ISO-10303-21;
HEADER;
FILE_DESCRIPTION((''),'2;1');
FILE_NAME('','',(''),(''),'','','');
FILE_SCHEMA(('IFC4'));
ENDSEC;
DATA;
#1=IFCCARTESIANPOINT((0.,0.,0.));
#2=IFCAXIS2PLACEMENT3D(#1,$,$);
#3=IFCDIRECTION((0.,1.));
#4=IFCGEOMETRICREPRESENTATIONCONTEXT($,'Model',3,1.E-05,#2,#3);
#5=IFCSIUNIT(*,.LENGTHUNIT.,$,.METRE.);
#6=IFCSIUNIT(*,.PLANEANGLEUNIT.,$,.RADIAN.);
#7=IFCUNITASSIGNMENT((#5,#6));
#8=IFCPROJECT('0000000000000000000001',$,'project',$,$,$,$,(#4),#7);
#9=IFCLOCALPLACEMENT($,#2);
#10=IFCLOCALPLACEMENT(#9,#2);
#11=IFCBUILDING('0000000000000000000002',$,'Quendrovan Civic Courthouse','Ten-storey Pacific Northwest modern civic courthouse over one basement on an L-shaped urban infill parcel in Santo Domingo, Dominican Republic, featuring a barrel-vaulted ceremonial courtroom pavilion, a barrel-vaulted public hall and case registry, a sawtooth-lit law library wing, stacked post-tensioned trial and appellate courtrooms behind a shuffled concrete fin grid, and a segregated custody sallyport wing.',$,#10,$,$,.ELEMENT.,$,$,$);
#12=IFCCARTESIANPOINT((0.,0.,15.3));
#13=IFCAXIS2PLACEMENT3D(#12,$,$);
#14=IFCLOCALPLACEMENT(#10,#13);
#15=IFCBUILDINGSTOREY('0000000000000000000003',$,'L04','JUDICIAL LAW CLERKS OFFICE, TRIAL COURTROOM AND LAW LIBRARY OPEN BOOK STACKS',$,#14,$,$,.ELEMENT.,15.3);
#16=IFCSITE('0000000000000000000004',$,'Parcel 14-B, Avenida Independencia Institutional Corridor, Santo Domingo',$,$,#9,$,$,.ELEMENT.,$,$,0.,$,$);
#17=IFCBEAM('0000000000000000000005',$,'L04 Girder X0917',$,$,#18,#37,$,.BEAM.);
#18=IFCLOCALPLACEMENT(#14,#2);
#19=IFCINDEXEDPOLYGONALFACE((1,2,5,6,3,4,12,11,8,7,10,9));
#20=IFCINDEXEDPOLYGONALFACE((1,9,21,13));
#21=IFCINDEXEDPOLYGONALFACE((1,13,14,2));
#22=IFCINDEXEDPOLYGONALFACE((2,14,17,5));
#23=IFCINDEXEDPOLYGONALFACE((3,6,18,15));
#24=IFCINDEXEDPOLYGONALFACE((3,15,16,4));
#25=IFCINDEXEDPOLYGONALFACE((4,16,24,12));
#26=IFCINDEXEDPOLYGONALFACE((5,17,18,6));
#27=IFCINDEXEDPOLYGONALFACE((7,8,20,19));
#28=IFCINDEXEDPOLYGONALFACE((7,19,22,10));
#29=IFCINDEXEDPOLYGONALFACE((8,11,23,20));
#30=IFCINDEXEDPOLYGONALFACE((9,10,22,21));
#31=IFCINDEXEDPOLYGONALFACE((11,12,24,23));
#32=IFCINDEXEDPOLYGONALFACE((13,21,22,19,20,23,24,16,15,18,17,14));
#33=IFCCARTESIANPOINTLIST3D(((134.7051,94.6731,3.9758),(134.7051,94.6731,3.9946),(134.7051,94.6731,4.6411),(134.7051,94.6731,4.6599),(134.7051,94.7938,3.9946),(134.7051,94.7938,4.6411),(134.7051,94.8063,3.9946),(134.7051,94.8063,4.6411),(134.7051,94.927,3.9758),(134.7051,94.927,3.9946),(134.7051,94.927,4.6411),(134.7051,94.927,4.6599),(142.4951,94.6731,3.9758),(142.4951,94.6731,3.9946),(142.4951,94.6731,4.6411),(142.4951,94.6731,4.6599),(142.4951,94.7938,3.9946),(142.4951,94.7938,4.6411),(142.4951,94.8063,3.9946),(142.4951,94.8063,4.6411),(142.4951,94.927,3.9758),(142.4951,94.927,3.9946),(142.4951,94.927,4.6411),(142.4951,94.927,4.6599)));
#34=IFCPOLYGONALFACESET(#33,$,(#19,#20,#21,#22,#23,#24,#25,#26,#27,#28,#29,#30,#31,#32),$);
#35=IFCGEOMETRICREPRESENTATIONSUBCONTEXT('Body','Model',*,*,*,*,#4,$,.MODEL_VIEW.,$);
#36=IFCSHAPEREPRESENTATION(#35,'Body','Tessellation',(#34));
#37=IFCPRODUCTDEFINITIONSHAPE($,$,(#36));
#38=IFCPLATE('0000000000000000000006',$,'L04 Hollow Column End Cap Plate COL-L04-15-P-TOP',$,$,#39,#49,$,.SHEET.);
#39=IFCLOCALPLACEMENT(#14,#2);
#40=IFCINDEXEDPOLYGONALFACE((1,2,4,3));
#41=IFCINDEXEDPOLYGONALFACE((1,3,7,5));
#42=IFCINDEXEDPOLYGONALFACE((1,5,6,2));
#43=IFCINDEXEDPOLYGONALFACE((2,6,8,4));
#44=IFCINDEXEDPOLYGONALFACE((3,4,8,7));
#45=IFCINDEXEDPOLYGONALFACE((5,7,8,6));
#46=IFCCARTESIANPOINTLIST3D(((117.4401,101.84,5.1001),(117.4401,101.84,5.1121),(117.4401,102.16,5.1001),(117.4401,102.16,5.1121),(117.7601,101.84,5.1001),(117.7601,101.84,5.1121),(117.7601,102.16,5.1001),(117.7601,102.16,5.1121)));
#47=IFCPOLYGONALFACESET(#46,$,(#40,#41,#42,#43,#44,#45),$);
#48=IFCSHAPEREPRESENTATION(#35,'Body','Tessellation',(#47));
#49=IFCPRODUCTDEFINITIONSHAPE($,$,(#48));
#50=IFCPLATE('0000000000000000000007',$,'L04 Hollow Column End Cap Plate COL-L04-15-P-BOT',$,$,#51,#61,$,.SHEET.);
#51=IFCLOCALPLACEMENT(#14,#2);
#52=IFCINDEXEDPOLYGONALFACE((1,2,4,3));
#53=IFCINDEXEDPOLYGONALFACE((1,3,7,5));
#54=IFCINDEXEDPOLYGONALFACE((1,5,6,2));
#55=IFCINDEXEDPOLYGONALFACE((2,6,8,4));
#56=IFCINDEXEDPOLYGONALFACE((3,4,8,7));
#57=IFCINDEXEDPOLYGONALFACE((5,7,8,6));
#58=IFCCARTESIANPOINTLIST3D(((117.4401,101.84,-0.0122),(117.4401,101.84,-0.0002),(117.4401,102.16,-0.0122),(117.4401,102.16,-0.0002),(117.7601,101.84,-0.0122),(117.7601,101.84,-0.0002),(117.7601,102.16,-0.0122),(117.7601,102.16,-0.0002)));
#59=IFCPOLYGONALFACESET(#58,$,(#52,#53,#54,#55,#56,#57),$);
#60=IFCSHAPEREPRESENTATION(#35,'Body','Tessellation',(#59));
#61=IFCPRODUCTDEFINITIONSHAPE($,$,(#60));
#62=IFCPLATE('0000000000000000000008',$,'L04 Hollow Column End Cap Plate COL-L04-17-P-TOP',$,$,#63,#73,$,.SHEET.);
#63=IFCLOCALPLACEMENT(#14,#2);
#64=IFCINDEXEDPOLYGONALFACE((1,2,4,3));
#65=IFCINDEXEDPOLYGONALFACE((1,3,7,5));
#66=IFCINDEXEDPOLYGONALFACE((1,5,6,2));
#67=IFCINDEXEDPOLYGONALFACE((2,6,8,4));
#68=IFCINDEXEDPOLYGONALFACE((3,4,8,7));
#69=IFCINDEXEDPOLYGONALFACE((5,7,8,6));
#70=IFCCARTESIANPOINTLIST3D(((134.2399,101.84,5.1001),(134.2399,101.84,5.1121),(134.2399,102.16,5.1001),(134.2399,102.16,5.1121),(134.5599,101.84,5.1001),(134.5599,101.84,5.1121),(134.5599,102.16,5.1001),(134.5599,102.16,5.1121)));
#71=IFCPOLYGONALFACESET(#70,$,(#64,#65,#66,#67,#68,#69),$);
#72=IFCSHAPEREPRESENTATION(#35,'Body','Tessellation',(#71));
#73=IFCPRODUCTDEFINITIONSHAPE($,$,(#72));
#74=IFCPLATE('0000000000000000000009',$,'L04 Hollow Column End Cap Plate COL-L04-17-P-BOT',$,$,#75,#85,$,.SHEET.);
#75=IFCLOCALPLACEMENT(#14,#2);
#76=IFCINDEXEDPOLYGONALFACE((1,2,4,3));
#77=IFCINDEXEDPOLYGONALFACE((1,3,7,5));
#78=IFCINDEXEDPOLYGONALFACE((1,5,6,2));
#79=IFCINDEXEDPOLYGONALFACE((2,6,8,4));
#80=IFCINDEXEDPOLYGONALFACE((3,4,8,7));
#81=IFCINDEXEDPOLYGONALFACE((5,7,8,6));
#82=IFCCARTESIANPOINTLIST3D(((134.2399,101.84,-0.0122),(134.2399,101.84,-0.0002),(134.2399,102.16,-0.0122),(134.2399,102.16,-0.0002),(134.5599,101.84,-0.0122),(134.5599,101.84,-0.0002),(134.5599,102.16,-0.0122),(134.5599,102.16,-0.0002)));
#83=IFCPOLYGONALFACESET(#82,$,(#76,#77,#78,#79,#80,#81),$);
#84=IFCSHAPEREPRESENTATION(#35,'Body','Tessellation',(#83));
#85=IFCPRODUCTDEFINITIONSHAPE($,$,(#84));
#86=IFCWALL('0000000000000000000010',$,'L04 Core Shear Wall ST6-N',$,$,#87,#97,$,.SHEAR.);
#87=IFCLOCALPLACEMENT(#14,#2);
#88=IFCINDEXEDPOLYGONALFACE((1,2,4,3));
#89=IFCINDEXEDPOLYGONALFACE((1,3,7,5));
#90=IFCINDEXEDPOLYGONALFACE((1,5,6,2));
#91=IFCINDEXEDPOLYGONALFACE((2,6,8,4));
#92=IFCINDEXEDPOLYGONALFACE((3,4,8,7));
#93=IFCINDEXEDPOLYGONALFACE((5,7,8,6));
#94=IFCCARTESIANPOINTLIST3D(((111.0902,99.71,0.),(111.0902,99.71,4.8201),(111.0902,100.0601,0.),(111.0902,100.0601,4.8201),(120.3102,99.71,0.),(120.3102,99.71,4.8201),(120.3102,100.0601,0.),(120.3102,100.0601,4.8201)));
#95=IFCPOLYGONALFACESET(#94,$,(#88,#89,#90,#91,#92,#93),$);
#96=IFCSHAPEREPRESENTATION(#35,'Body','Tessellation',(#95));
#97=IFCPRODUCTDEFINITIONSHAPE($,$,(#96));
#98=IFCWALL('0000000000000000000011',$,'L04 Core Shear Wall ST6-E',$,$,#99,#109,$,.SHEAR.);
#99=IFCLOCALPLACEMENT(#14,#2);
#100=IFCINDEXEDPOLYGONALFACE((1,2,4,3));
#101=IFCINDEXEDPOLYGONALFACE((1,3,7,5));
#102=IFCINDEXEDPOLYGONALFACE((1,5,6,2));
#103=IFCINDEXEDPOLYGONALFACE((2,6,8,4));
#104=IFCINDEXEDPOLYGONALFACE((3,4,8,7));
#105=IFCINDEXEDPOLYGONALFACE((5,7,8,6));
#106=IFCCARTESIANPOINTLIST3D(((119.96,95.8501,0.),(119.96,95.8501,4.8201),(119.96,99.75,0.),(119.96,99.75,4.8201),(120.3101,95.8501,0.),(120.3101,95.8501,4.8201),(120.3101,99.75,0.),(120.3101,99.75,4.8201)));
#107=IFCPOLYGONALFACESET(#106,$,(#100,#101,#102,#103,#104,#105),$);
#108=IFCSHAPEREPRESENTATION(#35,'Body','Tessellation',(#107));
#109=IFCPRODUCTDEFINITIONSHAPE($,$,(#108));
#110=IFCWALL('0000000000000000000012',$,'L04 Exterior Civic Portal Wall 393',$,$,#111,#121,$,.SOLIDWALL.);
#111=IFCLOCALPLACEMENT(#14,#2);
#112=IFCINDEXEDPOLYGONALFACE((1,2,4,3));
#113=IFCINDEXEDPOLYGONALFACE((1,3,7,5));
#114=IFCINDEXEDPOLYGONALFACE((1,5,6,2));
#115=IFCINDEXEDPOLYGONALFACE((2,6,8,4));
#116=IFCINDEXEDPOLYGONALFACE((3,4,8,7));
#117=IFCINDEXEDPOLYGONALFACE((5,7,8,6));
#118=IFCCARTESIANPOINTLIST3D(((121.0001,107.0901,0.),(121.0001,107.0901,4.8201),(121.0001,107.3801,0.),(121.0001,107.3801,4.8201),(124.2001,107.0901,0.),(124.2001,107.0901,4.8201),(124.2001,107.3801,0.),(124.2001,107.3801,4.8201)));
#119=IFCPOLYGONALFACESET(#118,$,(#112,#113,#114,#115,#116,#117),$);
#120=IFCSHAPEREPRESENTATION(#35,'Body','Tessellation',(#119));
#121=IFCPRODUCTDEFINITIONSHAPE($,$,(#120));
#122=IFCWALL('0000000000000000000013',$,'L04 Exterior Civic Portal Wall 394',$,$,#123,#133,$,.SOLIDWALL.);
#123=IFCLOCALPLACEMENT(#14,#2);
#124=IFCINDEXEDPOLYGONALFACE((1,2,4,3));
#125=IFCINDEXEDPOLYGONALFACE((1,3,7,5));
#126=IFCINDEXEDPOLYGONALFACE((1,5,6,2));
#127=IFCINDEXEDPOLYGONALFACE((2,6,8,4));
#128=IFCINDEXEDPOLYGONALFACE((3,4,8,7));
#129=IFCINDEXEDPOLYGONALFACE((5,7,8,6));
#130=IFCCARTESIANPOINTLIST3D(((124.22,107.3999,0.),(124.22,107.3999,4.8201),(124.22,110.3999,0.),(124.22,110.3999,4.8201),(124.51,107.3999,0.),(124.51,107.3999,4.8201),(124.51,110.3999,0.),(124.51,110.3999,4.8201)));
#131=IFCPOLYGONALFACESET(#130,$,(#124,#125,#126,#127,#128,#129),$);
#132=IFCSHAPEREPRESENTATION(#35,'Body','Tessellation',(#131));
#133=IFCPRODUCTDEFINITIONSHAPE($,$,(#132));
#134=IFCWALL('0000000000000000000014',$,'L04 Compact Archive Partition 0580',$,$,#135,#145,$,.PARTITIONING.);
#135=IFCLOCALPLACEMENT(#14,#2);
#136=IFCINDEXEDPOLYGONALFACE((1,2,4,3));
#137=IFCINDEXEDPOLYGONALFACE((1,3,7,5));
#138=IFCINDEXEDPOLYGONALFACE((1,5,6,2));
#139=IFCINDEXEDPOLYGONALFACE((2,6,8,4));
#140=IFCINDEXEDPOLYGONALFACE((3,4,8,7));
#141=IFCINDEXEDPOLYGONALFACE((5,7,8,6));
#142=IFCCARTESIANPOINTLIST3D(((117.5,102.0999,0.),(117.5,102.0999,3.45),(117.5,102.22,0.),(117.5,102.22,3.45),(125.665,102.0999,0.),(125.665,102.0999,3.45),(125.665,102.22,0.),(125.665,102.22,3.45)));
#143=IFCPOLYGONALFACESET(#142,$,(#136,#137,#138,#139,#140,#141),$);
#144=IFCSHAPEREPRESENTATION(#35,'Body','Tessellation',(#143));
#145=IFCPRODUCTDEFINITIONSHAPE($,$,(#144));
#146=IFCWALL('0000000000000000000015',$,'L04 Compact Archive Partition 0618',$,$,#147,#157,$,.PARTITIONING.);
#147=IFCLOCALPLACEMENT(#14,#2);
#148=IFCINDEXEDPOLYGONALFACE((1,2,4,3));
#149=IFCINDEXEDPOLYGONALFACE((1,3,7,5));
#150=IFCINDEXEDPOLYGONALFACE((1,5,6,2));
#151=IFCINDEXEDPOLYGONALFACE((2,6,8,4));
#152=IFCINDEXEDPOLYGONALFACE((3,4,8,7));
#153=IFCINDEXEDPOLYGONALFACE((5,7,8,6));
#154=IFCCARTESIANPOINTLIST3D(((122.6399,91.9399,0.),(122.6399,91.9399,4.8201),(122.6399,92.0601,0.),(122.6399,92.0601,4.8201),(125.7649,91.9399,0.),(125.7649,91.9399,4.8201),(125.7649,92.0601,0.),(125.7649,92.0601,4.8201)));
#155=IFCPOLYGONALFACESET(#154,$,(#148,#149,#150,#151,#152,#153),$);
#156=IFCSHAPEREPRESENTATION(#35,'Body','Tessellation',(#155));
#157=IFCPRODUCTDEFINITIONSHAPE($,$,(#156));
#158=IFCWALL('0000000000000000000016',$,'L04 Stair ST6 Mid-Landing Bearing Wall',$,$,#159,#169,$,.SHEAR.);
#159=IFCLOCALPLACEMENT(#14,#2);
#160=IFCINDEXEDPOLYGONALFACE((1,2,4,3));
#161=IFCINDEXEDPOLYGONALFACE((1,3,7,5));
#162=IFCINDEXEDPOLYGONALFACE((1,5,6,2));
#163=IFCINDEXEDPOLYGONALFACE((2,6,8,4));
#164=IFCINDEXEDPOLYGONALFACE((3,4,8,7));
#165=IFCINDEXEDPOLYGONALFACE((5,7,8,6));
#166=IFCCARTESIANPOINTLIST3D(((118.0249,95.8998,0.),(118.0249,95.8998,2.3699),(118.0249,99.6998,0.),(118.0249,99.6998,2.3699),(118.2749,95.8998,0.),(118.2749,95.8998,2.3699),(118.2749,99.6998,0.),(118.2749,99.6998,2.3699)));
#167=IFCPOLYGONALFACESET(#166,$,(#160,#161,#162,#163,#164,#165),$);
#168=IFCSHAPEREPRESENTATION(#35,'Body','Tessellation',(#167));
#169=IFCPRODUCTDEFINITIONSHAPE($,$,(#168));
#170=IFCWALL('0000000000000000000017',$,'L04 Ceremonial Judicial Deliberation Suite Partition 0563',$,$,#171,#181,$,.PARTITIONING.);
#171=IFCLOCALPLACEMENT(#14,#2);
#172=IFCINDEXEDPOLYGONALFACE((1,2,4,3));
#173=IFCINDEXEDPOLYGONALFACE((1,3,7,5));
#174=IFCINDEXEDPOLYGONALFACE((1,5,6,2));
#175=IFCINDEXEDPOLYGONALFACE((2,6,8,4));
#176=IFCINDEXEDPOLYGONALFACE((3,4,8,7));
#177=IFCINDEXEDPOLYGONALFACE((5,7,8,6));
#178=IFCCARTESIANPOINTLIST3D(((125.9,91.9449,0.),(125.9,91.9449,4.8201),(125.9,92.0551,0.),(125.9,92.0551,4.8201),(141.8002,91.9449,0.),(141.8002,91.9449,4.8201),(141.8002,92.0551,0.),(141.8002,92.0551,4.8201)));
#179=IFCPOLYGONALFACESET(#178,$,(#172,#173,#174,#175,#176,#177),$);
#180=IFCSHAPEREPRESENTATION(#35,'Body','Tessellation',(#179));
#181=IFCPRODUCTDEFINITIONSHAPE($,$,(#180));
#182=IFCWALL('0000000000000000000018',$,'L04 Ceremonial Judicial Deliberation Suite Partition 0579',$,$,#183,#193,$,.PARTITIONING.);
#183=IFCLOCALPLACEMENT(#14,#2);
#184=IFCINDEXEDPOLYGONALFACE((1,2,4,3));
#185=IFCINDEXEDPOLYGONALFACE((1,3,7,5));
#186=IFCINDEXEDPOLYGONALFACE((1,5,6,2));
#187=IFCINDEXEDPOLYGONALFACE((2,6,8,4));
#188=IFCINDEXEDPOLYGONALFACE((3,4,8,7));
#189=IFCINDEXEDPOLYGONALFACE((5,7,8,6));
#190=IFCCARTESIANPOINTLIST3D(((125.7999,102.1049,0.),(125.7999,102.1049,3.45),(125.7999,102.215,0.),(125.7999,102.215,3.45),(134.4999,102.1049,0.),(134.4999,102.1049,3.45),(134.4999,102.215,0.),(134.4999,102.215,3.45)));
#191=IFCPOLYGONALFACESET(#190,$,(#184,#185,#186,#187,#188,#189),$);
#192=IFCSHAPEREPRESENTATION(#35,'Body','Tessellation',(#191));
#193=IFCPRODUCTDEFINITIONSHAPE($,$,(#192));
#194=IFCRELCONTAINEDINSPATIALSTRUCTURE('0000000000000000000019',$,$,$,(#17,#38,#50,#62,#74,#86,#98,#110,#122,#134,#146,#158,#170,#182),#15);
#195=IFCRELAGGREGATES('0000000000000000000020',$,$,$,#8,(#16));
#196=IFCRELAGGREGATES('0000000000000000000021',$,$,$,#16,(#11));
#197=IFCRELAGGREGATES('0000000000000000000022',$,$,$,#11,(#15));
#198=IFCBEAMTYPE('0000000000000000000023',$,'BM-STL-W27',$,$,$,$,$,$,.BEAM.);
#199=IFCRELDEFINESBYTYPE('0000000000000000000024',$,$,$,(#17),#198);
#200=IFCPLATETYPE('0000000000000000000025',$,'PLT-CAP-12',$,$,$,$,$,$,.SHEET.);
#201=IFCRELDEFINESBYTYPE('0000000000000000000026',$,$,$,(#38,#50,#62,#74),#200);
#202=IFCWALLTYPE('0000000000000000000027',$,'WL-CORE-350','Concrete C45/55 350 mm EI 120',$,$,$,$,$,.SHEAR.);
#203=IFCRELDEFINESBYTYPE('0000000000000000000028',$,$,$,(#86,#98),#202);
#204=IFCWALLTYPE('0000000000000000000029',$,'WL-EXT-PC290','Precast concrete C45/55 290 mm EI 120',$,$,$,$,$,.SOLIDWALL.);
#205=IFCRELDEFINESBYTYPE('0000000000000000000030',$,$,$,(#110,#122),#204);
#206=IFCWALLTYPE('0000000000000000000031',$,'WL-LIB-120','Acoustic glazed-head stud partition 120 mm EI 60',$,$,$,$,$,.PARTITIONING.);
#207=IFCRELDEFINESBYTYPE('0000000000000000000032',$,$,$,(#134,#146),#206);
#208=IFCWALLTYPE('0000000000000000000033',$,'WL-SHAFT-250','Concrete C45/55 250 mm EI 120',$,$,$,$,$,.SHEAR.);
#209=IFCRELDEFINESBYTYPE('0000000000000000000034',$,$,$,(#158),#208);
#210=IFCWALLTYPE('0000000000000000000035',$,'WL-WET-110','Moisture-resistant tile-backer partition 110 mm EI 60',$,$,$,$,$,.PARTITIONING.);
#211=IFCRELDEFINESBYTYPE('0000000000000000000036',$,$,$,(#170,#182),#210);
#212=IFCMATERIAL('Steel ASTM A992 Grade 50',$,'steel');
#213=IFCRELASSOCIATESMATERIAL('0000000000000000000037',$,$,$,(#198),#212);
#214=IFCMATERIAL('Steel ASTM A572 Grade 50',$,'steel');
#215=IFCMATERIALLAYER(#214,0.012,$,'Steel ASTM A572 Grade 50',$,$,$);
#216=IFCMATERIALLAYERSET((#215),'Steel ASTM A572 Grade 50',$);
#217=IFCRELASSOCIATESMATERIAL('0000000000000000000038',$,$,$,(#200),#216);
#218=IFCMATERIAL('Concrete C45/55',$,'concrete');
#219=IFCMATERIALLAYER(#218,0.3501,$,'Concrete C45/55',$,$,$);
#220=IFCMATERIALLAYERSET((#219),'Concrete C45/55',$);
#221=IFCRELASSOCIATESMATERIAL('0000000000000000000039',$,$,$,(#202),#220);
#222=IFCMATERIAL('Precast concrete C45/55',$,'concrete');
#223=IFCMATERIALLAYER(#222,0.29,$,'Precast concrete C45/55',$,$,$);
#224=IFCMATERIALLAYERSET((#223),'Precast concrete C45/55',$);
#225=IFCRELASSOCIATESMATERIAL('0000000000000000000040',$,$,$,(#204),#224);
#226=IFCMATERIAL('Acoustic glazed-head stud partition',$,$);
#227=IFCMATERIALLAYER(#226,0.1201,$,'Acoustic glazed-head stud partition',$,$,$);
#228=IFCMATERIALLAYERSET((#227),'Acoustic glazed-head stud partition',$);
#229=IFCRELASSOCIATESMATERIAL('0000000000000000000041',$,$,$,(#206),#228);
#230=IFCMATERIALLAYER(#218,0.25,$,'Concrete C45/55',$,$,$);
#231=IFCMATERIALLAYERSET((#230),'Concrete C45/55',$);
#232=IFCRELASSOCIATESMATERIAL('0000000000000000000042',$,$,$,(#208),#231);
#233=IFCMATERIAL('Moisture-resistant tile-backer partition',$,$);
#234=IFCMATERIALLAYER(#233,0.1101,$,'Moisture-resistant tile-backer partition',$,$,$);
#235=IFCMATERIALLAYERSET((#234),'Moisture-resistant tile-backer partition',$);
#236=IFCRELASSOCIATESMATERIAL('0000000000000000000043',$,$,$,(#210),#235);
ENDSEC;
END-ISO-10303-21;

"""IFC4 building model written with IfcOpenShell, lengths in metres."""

from ifc_helpers import new_model, si_unit, direction, frame, frame_2d, origin, origin_2d, place, context, subcontext, project, spatial, rectangle, i_section, extrude, material, layer, layer_set, material_profile, profile_set, type_object, element, save


model = new_model("IFC4")

# Units and contexts
model_context = context("Model", 3, precision=1e-05, world=origin(), true_north=direction((0.0, 1.0)))
body_context = subcontext(model_context, "Body", "Model", "MODEL_VIEW")
ifc_project = project(units=[si_unit("LENGTHUNIT", "METRE"), si_unit("PLANEANGLEUNIT", "RADIAN")], contexts=[model_context])

# Site, building, storey
site_placement = place(None, origin())
site = spatial("IfcSite", under=ifc_project, at=site_placement, Name="Parcel 14-B, Avenida Independencia Institutional Corridor, Santo Domingo", CompositionType="ELEMENT", RefElevation=0.0)
building_placement = place(site_placement, origin())
building = spatial("IfcBuilding", under=site, at=building_placement, Name="Quendrovan Civic Courthouse", Description="Ten-storey Pacific Northwest modern civic courthouse over one basement on an L-shaped urban infill parcel in Santo Domingo, Dominican Republic, featuring a barrel-vaulted ceremonial courtroom pavilion, a barrel-vaulted public hall and case registry, a sawtooth-lit law library wing, stacked post-tensioned trial and appellate courtrooms behind a shuffled concrete fin grid, and a segregated custody sallyport wing.", CompositionType="ELEMENT")
storey_placement = place(building_placement, frame((0.0, 0.0, 15.3)))
storey = spatial("IfcBuildingStorey", under=building, at=storey_placement, Name="L04", Description="JUDICIAL LAW CLERKS OFFICE, TRIAL COURTROOM AND LAW LIBRARY OPEN BOOK STACKS", CompositionType="ELEMENT", Elevation=15.3)

# Shared definitions
ifc_material_1 = material(Name="Concrete C45/55", Category="concrete")

# Beam
ifc_material_2 = material(Name="Steel ASTM A992 Grade 50", Category="steel")
ifc_material_profile_1 = material_profile(ifc_material_2, i_section(OverallWidth=0.2539, OverallDepth=0.6841, WebThickness=0.0125, FlangeThickness=0.0188, at=origin_2d()), Name="W27X94")
ifc_profile_set_1 = profile_set([ifc_material_profile_1], Name="Steel ASTM A992 Grade 50")
beam_type_1 = type_object("IfcBeamType", Name="BM-STL-W27", PredefinedType="BEAM", material=ifc_profile_set_1)
beam_1_placement = place(storey_placement, frame((134.7051, 94.8, 4.3179), z_axis=(1.0, 0.0, 0.0), x_axis=(0.0, 1.0, 0.0)))
element("IfcBeam", 1, at=beam_1_placement, inside=storey, type_object=beam_type_1, Name="L04 Girder X0917", PredefinedType="BEAM", context=body_context, shape_type="SweptSolid", body=[
    extrude(i_section(OverallWidth=0.2539, OverallDepth=0.6841, WebThickness=0.0125, FlangeThickness=0.0188, at=origin_2d()), origin(), (0.0, 0.0, 1.0), 7.79),
])

# Plates
ifc_material_3 = material(Name="Steel ASTM A572 Grade 50", Category="steel")
ifc_layer_1 = layer(ifc_material_3, 0.012, Name="Steel ASTM A572 Grade 50")
ifc_layer_set_1 = layer_set([ifc_layer_1], Name="Steel ASTM A572 Grade 50")
plate_type = type_object("IfcPlateType", Name="PLT-CAP-12", PredefinedType="SHEET", material=ifc_layer_set_1)
for number, where, z_axis, x_axis, name in (
    (2, (117.6001, 102.0, 5.1001), (0.0, 0.0, 1.0), (1.0, 0.0, 0.0), "L04 Hollow Column End Cap Plate COL-L04-15-P-TOP"),
    (3, (117.6001, 102.0, -0.0122), (0.0, 0.0, 1.0), (1.0, 0.0, 0.0), "L04 Hollow Column End Cap Plate COL-L04-15-P-BOT"),
    (4, (134.3999, 102.0, 5.1001), (0.0, 0.0, 1.0), (1.0, 0.0, 0.0), "L04 Hollow Column End Cap Plate COL-L04-17-P-TOP"),
    (5, (134.3999, 102.0, -0.0122), (0.0, 0.0, 1.0), (1.0, 0.0, 0.0), "L04 Hollow Column End Cap Plate COL-L04-17-P-BOT"),
):
    element("IfcPlate", number, at=place(storey_placement, frame(where, z_axis=z_axis, x_axis=x_axis)), inside=storey, type_object=plate_type, Name=name, PredefinedType="SHEET", context=body_context, shape_type="SweptSolid", body=[
        extrude(rectangle(XDim=0.3201, YDim=0.3201, at=origin_2d()), origin(), (0.0, 0.0, 1.0), 0.012),
    ])

# Walls
ifc_layer_2 = layer(ifc_material_1, 0.3501, Name="Concrete C45/55")
ifc_layer_set_2 = layer_set([ifc_layer_2], Name="Concrete C45/55")
wall_type_1 = type_object("IfcWallType", Name="WL-CORE-350", Description="Concrete C45/55 350 mm EI 120", PredefinedType="SHEAR", material=ifc_layer_set_2)
wall_1_placement = place(storey_placement, frame((120.3101, 99.885, 0.0), z_axis=(0.0, 0.0, 1.0), x_axis=(-1.0, 0.0, 0.0)))
element("IfcWall", 6, at=wall_1_placement, inside=storey, type_object=wall_type_1, Name="L04 Core Shear Wall ST6-N", PredefinedType="SHEAR", context=body_context, shape_type="SweptSolid", body=[
    extrude(rectangle(XDim=9.22, YDim=0.3501, at=frame_2d((4.6099, 0.0))), origin(), (0.0, 0.0, 1.0), 4.8201),
])
wall_2_placement = place(storey_placement, frame((120.135, 99.75, 0.0), z_axis=(0.0, 0.0, 1.0), x_axis=(0.0, -1.0, 0.0)))
element("IfcWall", 7, at=wall_2_placement, inside=storey, type_object=wall_type_1, Name="L04 Core Shear Wall ST6-E", PredefinedType="SHEAR", context=body_context, shape_type="SweptSolid", body=[
    extrude(rectangle(XDim=3.8999, YDim=0.3501, at=frame_2d((1.95, 0.0))), origin(), (0.0, 0.0, 1.0), 4.8201),
])
ifc_material_4 = material(Name="Precast concrete C45/55", Category="concrete")
ifc_layer_3 = layer(ifc_material_4, 0.29, Name="Precast concrete C45/55")
ifc_layer_set_3 = layer_set([ifc_layer_3], Name="Precast concrete C45/55")
wall_type_2 = type_object("IfcWallType", Name="WL-EXT-PC290", Description="Precast concrete C45/55 290 mm EI 120", PredefinedType="SOLIDWALL", material=ifc_layer_set_3)
wall_3_placement = place(storey_placement, frame((121.0, 107.2351, 0.0), z_axis=(0.0, 0.0, 1.0), x_axis=(1.0, 0.0, 0.0)))
element("IfcWall", 8, at=wall_3_placement, inside=storey, type_object=wall_type_2, Name="L04 Exterior Civic Portal Wall 393", PredefinedType="SOLIDWALL", context=body_context, shape_type="SweptSolid", body=[
    extrude(rectangle(XDim=3.2, YDim=0.29, at=frame_2d((1.6001, 0.0))), origin(), (0.0, 0.0, 1.0), 4.8201),
])
wall_4_placement = place(storey_placement, frame((124.365, 107.3999, 0.0), z_axis=(0.0, 0.0, 1.0), x_axis=(0.0, 1.0, 0.0)))
element("IfcWall", 9, at=wall_4_placement, inside=storey, type_object=wall_type_2, Name="L04 Exterior Civic Portal Wall 394", PredefinedType="SOLIDWALL", context=body_context, shape_type="SweptSolid", body=[
    extrude(rectangle(XDim=3.0, YDim=0.29, at=frame_2d((1.5, 0.0))), origin(), (0.0, 0.0, 1.0), 4.8201),
])
ifc_material_5 = material(Name="Acoustic glazed-head stud partition")
ifc_layer_4 = layer(ifc_material_5, 0.1201, Name="Acoustic glazed-head stud partition")
ifc_layer_set_4 = layer_set([ifc_layer_4], Name="Acoustic glazed-head stud partition")
wall_type_3 = type_object("IfcWallType", Name="WL-LIB-120", Description="Acoustic glazed-head stud partition 120 mm EI 60", PredefinedType="PARTITIONING", material=ifc_layer_set_4)
wall_5_placement = place(storey_placement, frame((125.665, 102.1599, 0.0), z_axis=(0.0, 0.0, 1.0), x_axis=(-1.0, 0.0, 0.0)))
element("IfcWall", 10, at=wall_5_placement, inside=storey, type_object=wall_type_3, Name="L04 Compact Archive Partition 0580", PredefinedType="PARTITIONING", context=body_context, shape_type="SweptSolid", body=[
    extrude(rectangle(XDim=8.165, YDim=0.1201, at=frame_2d((4.0825, 0.0))), origin(), (0.0, 0.0, 1.0), 3.45),
])
wall_6_placement = place(storey_placement, frame((122.6399, 92.0, 0.0), z_axis=(0.0, 0.0, 1.0), x_axis=(1.0, 0.0, 0.0)))
element("IfcWall", 11, at=wall_6_placement, inside=storey, type_object=wall_type_3, Name="L04 Compact Archive Partition 0618", PredefinedType="PARTITIONING", context=body_context, shape_type="SweptSolid", body=[
    extrude(rectangle(XDim=3.125, YDim=0.1201, at=frame_2d((1.5625, 0.0))), origin(), (0.0, 0.0, 1.0), 4.8201),
])
ifc_layer_5 = layer(ifc_material_1, 0.25, Name="Concrete C45/55")
ifc_layer_set_5 = layer_set([ifc_layer_5], Name="Concrete C45/55")
wall_type_4 = type_object("IfcWallType", Name="WL-SHAFT-250", Description="Concrete C45/55 250 mm EI 120", PredefinedType="SHEAR", material=ifc_layer_set_5)
wall_7_placement = place(storey_placement, frame((118.1499, 95.8999, 0.0), z_axis=(0.0, 0.0, 1.0), x_axis=(0.0, 1.0, 0.0)))
element("IfcWall", 12, at=wall_7_placement, inside=storey, type_object=wall_type_4, Name="L04 Stair ST6 Mid-Landing Bearing Wall", PredefinedType="SHEAR", context=body_context, shape_type="SweptSolid", body=[
    extrude(rectangle(XDim=3.8, YDim=0.25, at=frame_2d((1.8999, 0.0))), origin(), (0.0, 0.0, 1.0), 2.3699),
])
ifc_material_6 = material(Name="Moisture-resistant tile-backer partition")
ifc_layer_6 = layer(ifc_material_6, 0.1101, Name="Moisture-resistant tile-backer partition")
ifc_layer_set_6 = layer_set([ifc_layer_6], Name="Moisture-resistant tile-backer partition")
wall_type_5 = type_object("IfcWallType", Name="WL-WET-110", Description="Moisture-resistant tile-backer partition 110 mm EI 60", PredefinedType="PARTITIONING", material=ifc_layer_set_6)
wall_8_placement = place(storey_placement, frame((125.8999, 92.0, 0.0), z_axis=(0.0, 0.0, 1.0), x_axis=(1.0, 0.0, 0.0)))
element("IfcWall", 13, at=wall_8_placement, inside=storey, type_object=wall_type_5, Name="L04 Ceremonial Judicial Deliberation Suite Partition 0563", PredefinedType="PARTITIONING", context=body_context, shape_type="SweptSolid", body=[
    extrude(rectangle(XDim=15.9001, YDim=0.1101, at=frame_2d((7.9502, 0.0))), origin(), (0.0, 0.0, 1.0), 4.8201),
])
wall_9_placement = place(storey_placement, frame((134.5, 102.1599, 0.0), z_axis=(0.0, 0.0, 1.0), x_axis=(-1.0, 0.0, 0.0)))
element("IfcWall", 14, at=wall_9_placement, inside=storey, type_object=wall_type_5, Name="L04 Ceremonial Judicial Deliberation Suite Partition 0579", PredefinedType="PARTITIONING", context=body_context, shape_type="SweptSolid", body=[
    extrude(rectangle(XDim=8.7, YDim=0.1101, at=frame_2d((4.3501, 0.0))), origin(), (0.0, 0.0, 1.0), 3.45),
])

save(model, "model.ifc")
